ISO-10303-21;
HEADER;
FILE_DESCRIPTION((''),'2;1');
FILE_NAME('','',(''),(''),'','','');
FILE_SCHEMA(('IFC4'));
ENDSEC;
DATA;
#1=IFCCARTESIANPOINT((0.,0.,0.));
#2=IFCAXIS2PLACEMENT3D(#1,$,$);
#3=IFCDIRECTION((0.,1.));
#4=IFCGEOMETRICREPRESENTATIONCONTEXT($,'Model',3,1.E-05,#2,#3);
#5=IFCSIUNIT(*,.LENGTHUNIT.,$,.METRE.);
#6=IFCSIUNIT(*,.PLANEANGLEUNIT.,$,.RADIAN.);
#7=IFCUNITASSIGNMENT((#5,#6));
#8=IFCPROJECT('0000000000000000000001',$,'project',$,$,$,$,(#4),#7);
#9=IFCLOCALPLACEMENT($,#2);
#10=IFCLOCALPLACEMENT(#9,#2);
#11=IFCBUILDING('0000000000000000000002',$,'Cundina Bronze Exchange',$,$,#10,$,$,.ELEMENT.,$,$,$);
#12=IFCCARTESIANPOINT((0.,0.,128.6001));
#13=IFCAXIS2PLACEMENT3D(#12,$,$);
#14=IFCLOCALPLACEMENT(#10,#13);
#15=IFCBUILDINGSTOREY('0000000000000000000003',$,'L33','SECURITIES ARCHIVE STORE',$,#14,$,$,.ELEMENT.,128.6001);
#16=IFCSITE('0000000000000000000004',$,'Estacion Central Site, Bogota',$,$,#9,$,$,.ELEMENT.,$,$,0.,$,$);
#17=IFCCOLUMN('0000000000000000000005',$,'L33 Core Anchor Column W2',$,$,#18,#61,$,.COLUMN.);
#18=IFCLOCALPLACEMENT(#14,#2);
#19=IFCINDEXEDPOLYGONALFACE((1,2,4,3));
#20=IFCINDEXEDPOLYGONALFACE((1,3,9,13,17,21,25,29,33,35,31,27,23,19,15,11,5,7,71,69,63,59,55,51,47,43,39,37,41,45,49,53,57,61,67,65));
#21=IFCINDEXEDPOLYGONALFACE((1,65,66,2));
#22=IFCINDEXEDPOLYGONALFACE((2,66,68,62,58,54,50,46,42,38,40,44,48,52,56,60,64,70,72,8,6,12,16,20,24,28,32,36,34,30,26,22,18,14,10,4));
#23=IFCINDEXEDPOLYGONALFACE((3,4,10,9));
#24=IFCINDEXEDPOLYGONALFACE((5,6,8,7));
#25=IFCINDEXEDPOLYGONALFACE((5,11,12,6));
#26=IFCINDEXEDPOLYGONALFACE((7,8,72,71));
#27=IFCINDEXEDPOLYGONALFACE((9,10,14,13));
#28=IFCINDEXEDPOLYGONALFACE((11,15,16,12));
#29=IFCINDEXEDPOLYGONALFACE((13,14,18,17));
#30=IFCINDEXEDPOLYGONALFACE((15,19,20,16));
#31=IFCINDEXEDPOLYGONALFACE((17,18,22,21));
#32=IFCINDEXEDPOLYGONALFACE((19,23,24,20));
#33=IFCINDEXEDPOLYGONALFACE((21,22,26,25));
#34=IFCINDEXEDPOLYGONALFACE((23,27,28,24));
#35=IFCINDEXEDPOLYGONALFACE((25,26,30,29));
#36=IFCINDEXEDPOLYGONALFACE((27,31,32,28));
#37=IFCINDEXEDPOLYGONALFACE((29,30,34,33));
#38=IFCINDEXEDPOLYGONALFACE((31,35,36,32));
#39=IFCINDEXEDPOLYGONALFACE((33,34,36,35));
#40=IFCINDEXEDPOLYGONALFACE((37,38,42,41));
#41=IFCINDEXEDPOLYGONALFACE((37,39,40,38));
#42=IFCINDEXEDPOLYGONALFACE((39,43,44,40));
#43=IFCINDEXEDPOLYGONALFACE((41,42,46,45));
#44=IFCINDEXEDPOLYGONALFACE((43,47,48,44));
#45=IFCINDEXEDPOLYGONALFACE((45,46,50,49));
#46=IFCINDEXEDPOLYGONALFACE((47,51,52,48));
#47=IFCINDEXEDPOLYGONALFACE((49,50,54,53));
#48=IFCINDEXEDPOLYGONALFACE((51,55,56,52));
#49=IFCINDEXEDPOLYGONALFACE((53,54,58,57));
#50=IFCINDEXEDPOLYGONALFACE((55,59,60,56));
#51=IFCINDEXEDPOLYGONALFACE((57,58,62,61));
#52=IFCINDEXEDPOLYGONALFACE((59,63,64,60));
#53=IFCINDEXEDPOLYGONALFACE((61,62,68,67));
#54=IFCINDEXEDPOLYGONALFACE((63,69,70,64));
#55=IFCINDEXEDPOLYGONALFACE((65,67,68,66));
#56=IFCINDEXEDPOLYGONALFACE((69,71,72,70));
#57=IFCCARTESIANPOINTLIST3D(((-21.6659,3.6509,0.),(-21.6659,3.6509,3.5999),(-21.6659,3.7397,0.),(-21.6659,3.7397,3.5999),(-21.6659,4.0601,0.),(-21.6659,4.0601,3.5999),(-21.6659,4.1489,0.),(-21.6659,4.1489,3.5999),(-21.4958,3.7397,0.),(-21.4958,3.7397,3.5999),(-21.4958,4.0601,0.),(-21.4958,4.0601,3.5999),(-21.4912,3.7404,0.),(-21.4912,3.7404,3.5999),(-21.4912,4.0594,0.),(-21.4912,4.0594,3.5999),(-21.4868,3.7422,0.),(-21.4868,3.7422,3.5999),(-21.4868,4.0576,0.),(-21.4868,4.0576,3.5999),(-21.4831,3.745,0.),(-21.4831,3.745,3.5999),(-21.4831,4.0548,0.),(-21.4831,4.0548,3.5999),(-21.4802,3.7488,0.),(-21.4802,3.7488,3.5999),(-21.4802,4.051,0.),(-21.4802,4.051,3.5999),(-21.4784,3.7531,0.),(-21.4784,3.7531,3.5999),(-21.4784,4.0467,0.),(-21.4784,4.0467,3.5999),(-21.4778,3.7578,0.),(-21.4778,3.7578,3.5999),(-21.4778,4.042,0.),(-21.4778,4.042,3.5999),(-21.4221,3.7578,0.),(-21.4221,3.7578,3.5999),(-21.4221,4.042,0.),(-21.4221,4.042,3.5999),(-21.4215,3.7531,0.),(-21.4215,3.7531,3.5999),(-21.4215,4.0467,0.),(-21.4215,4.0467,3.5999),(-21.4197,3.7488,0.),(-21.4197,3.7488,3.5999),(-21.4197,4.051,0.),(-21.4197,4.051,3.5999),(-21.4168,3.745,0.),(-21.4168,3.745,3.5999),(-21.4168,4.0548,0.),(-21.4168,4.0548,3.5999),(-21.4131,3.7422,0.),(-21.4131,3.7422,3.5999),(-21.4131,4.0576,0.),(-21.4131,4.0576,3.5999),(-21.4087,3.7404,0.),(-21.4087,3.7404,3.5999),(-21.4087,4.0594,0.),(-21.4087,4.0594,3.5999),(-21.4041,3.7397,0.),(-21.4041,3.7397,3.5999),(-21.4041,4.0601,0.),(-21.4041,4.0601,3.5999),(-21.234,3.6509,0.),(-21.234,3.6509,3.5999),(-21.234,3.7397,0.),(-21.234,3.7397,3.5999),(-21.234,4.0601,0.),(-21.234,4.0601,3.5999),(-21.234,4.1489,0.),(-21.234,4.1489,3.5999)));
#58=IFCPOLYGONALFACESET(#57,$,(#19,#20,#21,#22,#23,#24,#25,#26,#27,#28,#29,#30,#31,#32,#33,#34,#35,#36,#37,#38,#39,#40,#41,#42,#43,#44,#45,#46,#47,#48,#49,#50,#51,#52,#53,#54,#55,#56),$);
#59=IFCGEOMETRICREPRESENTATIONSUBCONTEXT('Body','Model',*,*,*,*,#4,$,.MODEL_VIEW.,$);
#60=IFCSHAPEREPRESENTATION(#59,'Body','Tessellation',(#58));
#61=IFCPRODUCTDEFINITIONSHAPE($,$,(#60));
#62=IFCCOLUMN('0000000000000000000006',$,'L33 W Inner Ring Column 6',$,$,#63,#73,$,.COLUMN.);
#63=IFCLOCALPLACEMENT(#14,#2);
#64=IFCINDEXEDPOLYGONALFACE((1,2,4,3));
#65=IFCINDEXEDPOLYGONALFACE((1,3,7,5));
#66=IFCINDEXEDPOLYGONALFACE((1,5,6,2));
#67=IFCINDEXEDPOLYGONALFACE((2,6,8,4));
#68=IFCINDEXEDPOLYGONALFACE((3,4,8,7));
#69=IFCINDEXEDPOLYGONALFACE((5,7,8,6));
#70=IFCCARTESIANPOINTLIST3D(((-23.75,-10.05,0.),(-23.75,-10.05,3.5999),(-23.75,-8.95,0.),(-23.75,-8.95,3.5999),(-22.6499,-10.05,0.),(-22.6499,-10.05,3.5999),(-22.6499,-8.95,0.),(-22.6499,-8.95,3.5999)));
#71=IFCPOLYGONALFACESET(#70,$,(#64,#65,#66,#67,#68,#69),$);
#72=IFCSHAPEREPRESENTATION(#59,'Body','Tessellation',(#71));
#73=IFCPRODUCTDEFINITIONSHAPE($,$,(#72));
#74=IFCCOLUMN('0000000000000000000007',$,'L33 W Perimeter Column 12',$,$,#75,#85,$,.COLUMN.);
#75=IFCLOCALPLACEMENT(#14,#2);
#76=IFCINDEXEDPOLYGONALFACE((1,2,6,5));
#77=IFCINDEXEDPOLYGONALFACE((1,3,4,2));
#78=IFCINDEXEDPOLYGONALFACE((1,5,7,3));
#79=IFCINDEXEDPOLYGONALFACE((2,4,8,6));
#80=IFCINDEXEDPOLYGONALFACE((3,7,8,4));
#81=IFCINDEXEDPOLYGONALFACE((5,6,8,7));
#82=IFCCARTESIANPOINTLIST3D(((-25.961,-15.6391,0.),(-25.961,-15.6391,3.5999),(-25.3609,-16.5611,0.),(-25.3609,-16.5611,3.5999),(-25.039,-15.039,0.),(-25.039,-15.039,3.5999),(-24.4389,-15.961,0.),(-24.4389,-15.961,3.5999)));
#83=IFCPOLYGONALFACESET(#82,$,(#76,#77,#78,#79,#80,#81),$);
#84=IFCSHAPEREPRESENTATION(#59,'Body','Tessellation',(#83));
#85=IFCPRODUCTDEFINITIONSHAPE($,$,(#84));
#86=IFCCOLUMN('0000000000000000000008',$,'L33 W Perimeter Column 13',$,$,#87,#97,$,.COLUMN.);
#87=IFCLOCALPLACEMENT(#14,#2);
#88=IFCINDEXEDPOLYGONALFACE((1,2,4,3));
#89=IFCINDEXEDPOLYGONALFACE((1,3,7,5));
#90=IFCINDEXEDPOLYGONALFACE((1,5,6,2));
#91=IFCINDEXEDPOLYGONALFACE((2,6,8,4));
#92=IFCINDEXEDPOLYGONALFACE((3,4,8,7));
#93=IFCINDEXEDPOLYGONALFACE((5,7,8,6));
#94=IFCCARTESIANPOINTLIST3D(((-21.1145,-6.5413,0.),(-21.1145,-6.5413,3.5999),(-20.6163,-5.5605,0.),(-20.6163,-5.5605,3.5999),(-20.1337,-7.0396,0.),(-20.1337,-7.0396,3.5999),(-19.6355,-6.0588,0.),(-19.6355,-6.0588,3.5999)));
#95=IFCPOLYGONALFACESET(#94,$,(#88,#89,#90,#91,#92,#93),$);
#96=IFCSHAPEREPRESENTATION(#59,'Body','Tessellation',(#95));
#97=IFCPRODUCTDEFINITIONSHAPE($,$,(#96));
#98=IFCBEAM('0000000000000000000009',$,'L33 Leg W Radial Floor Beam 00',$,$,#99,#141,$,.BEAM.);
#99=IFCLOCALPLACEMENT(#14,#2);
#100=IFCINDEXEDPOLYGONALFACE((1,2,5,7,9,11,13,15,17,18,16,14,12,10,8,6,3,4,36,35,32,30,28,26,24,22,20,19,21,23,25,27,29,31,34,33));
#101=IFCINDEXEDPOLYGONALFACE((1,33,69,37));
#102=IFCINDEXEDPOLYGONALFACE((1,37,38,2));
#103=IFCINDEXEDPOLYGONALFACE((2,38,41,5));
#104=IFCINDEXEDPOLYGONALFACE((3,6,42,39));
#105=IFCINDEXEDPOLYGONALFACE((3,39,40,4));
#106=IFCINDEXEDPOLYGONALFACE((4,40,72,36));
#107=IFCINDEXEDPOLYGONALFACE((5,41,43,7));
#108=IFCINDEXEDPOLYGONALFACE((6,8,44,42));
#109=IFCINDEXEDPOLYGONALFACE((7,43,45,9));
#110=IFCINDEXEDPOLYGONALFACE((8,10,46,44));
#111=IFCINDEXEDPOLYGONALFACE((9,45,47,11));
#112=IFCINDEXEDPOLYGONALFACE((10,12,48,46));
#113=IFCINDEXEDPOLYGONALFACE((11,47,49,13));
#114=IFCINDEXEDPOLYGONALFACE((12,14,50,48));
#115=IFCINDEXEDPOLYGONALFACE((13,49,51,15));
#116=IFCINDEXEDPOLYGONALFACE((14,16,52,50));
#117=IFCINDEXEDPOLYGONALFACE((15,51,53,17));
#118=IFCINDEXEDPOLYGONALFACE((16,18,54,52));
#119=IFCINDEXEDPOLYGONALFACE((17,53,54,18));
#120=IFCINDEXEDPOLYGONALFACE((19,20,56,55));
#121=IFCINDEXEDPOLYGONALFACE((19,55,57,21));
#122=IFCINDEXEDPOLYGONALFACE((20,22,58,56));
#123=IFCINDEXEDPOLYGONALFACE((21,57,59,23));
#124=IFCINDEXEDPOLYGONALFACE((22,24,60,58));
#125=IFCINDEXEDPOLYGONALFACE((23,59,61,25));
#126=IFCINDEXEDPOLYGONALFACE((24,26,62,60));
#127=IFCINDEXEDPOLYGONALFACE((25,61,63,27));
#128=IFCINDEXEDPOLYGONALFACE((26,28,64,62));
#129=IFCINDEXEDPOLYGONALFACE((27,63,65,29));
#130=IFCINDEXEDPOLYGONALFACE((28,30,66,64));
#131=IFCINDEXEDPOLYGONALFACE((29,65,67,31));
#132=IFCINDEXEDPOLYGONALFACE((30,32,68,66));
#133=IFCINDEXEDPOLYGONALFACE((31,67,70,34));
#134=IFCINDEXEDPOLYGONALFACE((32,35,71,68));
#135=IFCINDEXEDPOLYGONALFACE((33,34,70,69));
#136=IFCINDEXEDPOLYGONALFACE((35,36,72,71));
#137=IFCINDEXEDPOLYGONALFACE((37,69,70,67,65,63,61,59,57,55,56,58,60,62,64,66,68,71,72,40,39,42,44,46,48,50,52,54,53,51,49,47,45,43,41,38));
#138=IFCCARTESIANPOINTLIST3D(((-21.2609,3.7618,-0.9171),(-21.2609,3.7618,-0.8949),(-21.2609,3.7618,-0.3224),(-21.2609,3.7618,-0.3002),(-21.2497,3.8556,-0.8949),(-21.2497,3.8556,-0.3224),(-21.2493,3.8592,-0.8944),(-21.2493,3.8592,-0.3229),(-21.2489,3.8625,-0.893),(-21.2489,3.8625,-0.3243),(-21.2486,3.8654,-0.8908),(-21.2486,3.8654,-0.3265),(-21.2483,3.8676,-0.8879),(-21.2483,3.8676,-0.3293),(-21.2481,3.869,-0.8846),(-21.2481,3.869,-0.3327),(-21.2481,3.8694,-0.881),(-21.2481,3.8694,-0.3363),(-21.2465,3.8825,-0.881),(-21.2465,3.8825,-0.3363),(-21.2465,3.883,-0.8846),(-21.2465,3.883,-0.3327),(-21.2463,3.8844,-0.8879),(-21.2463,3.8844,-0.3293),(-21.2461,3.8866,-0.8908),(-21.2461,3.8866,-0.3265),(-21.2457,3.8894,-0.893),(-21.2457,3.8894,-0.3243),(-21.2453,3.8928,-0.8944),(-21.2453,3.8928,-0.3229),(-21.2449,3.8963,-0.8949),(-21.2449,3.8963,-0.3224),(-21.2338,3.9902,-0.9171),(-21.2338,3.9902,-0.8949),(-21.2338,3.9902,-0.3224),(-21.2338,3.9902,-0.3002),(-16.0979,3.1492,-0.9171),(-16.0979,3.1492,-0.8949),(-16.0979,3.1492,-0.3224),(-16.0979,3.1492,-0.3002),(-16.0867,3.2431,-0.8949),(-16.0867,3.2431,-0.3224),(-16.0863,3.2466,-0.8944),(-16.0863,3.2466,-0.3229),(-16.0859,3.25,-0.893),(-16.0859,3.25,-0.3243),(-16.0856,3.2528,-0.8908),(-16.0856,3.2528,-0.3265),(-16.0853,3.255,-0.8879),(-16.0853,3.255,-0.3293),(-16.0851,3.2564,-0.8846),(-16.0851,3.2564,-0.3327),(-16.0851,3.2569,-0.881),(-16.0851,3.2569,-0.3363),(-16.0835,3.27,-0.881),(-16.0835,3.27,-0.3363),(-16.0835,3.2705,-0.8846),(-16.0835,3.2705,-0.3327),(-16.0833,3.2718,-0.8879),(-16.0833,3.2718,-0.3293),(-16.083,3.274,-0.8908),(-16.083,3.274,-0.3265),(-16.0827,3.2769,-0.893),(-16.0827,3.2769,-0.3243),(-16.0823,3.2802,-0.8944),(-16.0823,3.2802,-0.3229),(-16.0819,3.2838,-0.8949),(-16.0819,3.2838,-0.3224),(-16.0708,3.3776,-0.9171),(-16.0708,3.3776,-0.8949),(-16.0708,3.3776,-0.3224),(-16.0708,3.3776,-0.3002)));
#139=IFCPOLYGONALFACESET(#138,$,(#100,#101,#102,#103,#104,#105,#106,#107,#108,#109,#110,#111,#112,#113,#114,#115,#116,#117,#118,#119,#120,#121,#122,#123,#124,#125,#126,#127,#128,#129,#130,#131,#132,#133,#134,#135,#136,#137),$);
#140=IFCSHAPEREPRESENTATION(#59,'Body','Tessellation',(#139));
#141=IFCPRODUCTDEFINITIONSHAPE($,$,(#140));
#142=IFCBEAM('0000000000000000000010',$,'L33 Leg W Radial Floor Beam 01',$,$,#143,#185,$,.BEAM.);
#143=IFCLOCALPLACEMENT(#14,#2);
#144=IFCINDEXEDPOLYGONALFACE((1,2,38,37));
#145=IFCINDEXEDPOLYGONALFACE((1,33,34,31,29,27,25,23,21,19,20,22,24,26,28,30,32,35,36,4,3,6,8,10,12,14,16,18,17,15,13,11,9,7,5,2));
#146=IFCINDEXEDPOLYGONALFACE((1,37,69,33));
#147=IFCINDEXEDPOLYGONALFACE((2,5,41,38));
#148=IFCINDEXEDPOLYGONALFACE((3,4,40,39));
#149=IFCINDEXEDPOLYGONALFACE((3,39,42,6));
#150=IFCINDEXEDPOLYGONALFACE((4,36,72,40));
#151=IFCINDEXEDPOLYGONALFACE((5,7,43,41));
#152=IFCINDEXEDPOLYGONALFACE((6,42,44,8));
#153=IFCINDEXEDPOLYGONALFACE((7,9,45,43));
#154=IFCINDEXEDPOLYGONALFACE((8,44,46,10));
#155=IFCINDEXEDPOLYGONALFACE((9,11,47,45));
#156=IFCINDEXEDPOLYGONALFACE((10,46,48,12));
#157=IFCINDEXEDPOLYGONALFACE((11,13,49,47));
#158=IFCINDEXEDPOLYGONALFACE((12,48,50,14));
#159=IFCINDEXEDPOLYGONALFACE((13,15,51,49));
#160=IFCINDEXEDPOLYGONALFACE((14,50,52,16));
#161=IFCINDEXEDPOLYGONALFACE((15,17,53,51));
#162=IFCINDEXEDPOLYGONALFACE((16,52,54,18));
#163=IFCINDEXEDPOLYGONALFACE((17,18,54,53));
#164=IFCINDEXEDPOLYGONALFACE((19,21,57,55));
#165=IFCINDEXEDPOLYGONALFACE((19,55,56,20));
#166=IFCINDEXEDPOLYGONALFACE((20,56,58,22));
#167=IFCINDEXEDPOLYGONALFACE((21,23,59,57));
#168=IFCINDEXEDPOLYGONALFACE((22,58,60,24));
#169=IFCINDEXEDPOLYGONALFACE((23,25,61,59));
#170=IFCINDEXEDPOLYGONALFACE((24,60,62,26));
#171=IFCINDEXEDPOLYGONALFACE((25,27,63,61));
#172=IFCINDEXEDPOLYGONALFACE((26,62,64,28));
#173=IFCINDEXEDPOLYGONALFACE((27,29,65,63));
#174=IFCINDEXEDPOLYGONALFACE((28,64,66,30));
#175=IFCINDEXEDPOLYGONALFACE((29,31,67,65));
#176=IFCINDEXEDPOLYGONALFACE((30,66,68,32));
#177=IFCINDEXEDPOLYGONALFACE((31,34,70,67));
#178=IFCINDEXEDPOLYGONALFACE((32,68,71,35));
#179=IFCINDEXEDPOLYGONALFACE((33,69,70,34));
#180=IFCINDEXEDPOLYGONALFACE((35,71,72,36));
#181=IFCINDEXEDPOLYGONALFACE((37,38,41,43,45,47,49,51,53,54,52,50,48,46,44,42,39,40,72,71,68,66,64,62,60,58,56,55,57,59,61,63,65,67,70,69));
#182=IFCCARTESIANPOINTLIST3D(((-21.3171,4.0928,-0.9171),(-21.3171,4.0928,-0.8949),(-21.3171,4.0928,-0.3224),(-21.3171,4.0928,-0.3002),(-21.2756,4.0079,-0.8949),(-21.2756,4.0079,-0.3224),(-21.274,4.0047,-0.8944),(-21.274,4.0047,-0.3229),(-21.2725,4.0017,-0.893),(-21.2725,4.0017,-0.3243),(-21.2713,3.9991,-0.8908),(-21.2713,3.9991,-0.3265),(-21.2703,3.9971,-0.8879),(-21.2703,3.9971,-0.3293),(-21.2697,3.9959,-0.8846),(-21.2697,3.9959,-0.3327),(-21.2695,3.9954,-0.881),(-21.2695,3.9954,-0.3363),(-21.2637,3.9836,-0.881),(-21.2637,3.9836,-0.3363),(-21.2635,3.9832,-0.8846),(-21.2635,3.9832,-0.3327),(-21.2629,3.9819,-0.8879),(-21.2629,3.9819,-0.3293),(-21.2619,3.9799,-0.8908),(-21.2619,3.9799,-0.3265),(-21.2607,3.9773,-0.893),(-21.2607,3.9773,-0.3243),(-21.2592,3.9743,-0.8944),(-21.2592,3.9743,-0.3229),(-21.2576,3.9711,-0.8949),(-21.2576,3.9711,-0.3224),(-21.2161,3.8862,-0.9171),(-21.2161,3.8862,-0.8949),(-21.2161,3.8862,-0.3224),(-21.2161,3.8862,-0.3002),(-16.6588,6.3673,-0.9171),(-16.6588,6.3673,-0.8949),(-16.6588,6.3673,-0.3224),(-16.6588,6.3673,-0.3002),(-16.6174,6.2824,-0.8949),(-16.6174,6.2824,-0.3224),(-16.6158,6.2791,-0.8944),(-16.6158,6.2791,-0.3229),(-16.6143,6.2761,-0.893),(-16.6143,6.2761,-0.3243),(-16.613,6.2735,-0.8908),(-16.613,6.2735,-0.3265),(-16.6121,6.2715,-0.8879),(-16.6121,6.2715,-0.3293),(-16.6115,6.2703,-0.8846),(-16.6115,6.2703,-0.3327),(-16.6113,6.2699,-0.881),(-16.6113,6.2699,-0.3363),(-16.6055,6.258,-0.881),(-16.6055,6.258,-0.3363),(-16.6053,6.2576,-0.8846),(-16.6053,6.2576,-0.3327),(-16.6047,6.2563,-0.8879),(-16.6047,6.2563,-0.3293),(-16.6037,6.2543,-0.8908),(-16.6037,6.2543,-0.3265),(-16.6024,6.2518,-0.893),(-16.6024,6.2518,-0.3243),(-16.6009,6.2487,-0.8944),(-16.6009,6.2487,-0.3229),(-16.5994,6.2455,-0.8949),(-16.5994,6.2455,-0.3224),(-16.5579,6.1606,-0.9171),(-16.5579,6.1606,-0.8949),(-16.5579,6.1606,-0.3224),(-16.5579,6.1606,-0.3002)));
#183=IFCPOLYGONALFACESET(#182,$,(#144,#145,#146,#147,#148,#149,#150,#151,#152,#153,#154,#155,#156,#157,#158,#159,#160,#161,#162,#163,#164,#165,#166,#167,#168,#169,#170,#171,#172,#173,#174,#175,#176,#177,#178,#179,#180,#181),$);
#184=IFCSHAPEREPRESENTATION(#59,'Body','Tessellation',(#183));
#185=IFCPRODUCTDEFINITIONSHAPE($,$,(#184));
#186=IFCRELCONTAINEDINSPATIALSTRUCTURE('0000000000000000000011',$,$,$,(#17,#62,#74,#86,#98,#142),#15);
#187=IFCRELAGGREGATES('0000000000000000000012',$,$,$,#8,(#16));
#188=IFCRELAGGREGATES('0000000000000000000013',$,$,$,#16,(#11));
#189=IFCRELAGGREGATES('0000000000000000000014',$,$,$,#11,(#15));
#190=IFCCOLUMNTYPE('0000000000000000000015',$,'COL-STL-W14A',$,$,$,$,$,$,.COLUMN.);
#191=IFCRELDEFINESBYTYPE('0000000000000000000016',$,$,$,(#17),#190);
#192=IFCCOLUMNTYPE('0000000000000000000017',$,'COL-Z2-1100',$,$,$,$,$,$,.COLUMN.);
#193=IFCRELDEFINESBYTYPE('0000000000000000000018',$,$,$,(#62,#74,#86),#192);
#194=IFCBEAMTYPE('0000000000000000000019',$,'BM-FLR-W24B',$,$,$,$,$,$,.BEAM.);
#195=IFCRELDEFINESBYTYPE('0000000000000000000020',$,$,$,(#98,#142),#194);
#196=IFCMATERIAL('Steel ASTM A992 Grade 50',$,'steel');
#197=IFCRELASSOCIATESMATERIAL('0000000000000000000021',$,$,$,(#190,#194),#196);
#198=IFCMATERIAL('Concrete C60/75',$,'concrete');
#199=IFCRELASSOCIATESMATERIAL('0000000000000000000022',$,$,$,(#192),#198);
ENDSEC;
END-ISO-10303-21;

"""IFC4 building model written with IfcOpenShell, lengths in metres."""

from ifc_helpers import new_model, si_unit, direction, frame, origin, origin_2d, place, context, subcontext, project, spatial, rectangle, i_section, extrude, material, material_profile, profile_set, type_object, element, save


model = new_model("IFC4")

# Units and contexts
model_context = context("Model", 3, precision=1e-05, world=origin(), true_north=direction((0.0, 1.0)))
body_context = subcontext(model_context, "Body", "Model", "MODEL_VIEW")
ifc_project = project(units=[si_unit("LENGTHUNIT", "METRE"), si_unit("PLANEANGLEUNIT", "RADIAN")], contexts=[model_context])

# Site, building, storey
site_placement = place(None, origin())
site = spatial("IfcSite", under=ifc_project, at=site_placement, Name="Estacion Central Site, Bogota", CompositionType="ELEMENT", RefElevation=0.0)
building_placement = place(site_placement, origin())
building = spatial("IfcBuilding", under=site, at=building_placement, Name="Cundina Bronze Exchange", CompositionType="ELEMENT")
storey_placement = place(building_placement, frame((0.0, 0.0, 128.6001)))
storey = spatial("IfcBuildingStorey", under=building, at=storey_placement, Name="L33", Description="SECURITIES ARCHIVE STORE", CompositionType="ELEMENT", Elevation=128.6001)

# Columns
ifc_material_1 = material(Name="Steel ASTM A992 Grade 50", Category="steel")
ifc_material_profile_1 = material_profile(ifc_material_1, i_section(OverallWidth=0.4319, OverallDepth=0.498, WebThickness=0.0557, FlangeThickness=0.0889, FilletRadius=0.0181, at=origin_2d()), Name="W14X500", Category="steel")
ifc_profile_set_1 = profile_set([ifc_material_profile_1], Name="Steel ASTM A992 Grade 50")
column_type_1 = type_object("IfcColumnType", Name="COL-STL-W14A", PredefinedType="COLUMN", material=ifc_profile_set_1)
column_placement = place(storey_placement, frame((-21.45, 3.8999, 0.0), z_axis=(0.0, 0.0, 1.0), x_axis=(1.0, 0.0, 0.0)))
element("IfcColumn", 1, at=column_placement, inside=storey, type_object=column_type_1, Name="L33 Core Anchor Column W2", PredefinedType="COLUMN", context=body_context, shape_type="SweptSolid", body=[
    extrude(i_section(OverallWidth=0.4319, OverallDepth=0.498, WebThickness=0.0557, FlangeThickness=0.0889, FilletRadius=0.0181, at=origin_2d()), origin(), (0.0, 0.0, 1.0), 3.5999),
])
ifc_material_2 = material(Name="Concrete C60/75", Category="concrete")
ifc_material_profile_2 = material_profile(ifc_material_2, rectangle(XDim=1.1001, YDim=1.1001, at=origin_2d()), Name="RC1100X1100", Category="concrete")
ifc_profile_set_2 = profile_set([ifc_material_profile_2], Name="Concrete C60/75")
column_type_2 = type_object("IfcColumnType", Name="COL-Z2-1100", PredefinedType="COLUMN", material=ifc_profile_set_2)
for number, where, z_axis, x_axis, name in (
    (2, (-23.2, -9.5, 0.0), (0.0, 0.0, 1.0), (1.0, 0.0, 0.0), "L33 W Inner Ring Column 6"),
    (3, (-25.2, -15.8, 0.0), (0.0, 0.0, 1.0), (0.8381, 0.545517, 0.0), "L33 W Perimeter Column 12"),
    (4, (-20.375, -6.3, 0.0), (0.0, 0.0, 1.0), (0.452902, 0.891561, 0.0), "L33 W Perimeter Column 13"),
):
    element("IfcColumn", number, at=place(storey_placement, frame(where, z_axis=z_axis, x_axis=x_axis)), inside=storey, type_object=column_type_2, Name=name, PredefinedType="COLUMN", context=body_context, shape_type="SweptSolid", body=[
        extrude(rectangle(XDim=1.1001, YDim=1.1001, at=origin_2d()), origin(), (0.0, 0.0, 1.0), 3.5999),
    ])

# Beams
ifc_material_profile_3 = material_profile(ifc_material_1, i_section(OverallWidth=0.23, OverallDepth=0.6169, WebThickness=0.0132, FlangeThickness=0.0222, FilletRadius=0.0139, at=origin_2d()), Name="W24X94", Category="steel")
ifc_profile_set_3 = profile_set([ifc_material_profile_3], Name="Steel ASTM A992 Grade 50")
beam_type_1 = type_object("IfcBeamType", Name="BM-FLR-W24B", PredefinedType="BEAM", material=ifc_profile_set_3)
beam_1_placement = place(storey_placement, frame((-21.2473, 3.876, -0.6086), z_axis=(0.993036, -0.117814, 0.0), x_axis=(0.117814, 0.993036, 0.0)))
element("IfcBeam", 5, at=beam_1_placement, inside=storey, type_object=beam_type_1, Name="L33 Leg W Radial Floor Beam 00", PredefinedType="BEAM", context=body_context, shape_type="SweptSolid", body=[
    extrude(i_section(OverallWidth=0.23, OverallDepth=0.6169, WebThickness=0.0132, FlangeThickness=0.0222, FilletRadius=0.0139, at=origin_2d()), origin(), (0.0, 0.0, 1.0), 5.1992),
])
beam_2_placement = place(storey_placement, frame((-21.2666, 3.9895, -0.6086), z_axis=(0.898607, 0.438754, 0.0), x_axis=(-0.438754, 0.898607, 0.0)))
element("IfcBeam", 6, at=beam_2_placement, inside=storey, type_object=beam_type_1, Name="L33 Leg W Radial Floor Beam 01", PredefinedType="BEAM", context=body_context, shape_type="SweptSolid", body=[
    extrude(i_section(OverallWidth=0.23, OverallDepth=0.6169, WebThickness=0.0132, FlangeThickness=0.0222, FilletRadius=0.0139, at=origin_2d()), origin(), (0.0, 0.0, 1.0), 5.1838),
])

save(model, "model.ifc")
